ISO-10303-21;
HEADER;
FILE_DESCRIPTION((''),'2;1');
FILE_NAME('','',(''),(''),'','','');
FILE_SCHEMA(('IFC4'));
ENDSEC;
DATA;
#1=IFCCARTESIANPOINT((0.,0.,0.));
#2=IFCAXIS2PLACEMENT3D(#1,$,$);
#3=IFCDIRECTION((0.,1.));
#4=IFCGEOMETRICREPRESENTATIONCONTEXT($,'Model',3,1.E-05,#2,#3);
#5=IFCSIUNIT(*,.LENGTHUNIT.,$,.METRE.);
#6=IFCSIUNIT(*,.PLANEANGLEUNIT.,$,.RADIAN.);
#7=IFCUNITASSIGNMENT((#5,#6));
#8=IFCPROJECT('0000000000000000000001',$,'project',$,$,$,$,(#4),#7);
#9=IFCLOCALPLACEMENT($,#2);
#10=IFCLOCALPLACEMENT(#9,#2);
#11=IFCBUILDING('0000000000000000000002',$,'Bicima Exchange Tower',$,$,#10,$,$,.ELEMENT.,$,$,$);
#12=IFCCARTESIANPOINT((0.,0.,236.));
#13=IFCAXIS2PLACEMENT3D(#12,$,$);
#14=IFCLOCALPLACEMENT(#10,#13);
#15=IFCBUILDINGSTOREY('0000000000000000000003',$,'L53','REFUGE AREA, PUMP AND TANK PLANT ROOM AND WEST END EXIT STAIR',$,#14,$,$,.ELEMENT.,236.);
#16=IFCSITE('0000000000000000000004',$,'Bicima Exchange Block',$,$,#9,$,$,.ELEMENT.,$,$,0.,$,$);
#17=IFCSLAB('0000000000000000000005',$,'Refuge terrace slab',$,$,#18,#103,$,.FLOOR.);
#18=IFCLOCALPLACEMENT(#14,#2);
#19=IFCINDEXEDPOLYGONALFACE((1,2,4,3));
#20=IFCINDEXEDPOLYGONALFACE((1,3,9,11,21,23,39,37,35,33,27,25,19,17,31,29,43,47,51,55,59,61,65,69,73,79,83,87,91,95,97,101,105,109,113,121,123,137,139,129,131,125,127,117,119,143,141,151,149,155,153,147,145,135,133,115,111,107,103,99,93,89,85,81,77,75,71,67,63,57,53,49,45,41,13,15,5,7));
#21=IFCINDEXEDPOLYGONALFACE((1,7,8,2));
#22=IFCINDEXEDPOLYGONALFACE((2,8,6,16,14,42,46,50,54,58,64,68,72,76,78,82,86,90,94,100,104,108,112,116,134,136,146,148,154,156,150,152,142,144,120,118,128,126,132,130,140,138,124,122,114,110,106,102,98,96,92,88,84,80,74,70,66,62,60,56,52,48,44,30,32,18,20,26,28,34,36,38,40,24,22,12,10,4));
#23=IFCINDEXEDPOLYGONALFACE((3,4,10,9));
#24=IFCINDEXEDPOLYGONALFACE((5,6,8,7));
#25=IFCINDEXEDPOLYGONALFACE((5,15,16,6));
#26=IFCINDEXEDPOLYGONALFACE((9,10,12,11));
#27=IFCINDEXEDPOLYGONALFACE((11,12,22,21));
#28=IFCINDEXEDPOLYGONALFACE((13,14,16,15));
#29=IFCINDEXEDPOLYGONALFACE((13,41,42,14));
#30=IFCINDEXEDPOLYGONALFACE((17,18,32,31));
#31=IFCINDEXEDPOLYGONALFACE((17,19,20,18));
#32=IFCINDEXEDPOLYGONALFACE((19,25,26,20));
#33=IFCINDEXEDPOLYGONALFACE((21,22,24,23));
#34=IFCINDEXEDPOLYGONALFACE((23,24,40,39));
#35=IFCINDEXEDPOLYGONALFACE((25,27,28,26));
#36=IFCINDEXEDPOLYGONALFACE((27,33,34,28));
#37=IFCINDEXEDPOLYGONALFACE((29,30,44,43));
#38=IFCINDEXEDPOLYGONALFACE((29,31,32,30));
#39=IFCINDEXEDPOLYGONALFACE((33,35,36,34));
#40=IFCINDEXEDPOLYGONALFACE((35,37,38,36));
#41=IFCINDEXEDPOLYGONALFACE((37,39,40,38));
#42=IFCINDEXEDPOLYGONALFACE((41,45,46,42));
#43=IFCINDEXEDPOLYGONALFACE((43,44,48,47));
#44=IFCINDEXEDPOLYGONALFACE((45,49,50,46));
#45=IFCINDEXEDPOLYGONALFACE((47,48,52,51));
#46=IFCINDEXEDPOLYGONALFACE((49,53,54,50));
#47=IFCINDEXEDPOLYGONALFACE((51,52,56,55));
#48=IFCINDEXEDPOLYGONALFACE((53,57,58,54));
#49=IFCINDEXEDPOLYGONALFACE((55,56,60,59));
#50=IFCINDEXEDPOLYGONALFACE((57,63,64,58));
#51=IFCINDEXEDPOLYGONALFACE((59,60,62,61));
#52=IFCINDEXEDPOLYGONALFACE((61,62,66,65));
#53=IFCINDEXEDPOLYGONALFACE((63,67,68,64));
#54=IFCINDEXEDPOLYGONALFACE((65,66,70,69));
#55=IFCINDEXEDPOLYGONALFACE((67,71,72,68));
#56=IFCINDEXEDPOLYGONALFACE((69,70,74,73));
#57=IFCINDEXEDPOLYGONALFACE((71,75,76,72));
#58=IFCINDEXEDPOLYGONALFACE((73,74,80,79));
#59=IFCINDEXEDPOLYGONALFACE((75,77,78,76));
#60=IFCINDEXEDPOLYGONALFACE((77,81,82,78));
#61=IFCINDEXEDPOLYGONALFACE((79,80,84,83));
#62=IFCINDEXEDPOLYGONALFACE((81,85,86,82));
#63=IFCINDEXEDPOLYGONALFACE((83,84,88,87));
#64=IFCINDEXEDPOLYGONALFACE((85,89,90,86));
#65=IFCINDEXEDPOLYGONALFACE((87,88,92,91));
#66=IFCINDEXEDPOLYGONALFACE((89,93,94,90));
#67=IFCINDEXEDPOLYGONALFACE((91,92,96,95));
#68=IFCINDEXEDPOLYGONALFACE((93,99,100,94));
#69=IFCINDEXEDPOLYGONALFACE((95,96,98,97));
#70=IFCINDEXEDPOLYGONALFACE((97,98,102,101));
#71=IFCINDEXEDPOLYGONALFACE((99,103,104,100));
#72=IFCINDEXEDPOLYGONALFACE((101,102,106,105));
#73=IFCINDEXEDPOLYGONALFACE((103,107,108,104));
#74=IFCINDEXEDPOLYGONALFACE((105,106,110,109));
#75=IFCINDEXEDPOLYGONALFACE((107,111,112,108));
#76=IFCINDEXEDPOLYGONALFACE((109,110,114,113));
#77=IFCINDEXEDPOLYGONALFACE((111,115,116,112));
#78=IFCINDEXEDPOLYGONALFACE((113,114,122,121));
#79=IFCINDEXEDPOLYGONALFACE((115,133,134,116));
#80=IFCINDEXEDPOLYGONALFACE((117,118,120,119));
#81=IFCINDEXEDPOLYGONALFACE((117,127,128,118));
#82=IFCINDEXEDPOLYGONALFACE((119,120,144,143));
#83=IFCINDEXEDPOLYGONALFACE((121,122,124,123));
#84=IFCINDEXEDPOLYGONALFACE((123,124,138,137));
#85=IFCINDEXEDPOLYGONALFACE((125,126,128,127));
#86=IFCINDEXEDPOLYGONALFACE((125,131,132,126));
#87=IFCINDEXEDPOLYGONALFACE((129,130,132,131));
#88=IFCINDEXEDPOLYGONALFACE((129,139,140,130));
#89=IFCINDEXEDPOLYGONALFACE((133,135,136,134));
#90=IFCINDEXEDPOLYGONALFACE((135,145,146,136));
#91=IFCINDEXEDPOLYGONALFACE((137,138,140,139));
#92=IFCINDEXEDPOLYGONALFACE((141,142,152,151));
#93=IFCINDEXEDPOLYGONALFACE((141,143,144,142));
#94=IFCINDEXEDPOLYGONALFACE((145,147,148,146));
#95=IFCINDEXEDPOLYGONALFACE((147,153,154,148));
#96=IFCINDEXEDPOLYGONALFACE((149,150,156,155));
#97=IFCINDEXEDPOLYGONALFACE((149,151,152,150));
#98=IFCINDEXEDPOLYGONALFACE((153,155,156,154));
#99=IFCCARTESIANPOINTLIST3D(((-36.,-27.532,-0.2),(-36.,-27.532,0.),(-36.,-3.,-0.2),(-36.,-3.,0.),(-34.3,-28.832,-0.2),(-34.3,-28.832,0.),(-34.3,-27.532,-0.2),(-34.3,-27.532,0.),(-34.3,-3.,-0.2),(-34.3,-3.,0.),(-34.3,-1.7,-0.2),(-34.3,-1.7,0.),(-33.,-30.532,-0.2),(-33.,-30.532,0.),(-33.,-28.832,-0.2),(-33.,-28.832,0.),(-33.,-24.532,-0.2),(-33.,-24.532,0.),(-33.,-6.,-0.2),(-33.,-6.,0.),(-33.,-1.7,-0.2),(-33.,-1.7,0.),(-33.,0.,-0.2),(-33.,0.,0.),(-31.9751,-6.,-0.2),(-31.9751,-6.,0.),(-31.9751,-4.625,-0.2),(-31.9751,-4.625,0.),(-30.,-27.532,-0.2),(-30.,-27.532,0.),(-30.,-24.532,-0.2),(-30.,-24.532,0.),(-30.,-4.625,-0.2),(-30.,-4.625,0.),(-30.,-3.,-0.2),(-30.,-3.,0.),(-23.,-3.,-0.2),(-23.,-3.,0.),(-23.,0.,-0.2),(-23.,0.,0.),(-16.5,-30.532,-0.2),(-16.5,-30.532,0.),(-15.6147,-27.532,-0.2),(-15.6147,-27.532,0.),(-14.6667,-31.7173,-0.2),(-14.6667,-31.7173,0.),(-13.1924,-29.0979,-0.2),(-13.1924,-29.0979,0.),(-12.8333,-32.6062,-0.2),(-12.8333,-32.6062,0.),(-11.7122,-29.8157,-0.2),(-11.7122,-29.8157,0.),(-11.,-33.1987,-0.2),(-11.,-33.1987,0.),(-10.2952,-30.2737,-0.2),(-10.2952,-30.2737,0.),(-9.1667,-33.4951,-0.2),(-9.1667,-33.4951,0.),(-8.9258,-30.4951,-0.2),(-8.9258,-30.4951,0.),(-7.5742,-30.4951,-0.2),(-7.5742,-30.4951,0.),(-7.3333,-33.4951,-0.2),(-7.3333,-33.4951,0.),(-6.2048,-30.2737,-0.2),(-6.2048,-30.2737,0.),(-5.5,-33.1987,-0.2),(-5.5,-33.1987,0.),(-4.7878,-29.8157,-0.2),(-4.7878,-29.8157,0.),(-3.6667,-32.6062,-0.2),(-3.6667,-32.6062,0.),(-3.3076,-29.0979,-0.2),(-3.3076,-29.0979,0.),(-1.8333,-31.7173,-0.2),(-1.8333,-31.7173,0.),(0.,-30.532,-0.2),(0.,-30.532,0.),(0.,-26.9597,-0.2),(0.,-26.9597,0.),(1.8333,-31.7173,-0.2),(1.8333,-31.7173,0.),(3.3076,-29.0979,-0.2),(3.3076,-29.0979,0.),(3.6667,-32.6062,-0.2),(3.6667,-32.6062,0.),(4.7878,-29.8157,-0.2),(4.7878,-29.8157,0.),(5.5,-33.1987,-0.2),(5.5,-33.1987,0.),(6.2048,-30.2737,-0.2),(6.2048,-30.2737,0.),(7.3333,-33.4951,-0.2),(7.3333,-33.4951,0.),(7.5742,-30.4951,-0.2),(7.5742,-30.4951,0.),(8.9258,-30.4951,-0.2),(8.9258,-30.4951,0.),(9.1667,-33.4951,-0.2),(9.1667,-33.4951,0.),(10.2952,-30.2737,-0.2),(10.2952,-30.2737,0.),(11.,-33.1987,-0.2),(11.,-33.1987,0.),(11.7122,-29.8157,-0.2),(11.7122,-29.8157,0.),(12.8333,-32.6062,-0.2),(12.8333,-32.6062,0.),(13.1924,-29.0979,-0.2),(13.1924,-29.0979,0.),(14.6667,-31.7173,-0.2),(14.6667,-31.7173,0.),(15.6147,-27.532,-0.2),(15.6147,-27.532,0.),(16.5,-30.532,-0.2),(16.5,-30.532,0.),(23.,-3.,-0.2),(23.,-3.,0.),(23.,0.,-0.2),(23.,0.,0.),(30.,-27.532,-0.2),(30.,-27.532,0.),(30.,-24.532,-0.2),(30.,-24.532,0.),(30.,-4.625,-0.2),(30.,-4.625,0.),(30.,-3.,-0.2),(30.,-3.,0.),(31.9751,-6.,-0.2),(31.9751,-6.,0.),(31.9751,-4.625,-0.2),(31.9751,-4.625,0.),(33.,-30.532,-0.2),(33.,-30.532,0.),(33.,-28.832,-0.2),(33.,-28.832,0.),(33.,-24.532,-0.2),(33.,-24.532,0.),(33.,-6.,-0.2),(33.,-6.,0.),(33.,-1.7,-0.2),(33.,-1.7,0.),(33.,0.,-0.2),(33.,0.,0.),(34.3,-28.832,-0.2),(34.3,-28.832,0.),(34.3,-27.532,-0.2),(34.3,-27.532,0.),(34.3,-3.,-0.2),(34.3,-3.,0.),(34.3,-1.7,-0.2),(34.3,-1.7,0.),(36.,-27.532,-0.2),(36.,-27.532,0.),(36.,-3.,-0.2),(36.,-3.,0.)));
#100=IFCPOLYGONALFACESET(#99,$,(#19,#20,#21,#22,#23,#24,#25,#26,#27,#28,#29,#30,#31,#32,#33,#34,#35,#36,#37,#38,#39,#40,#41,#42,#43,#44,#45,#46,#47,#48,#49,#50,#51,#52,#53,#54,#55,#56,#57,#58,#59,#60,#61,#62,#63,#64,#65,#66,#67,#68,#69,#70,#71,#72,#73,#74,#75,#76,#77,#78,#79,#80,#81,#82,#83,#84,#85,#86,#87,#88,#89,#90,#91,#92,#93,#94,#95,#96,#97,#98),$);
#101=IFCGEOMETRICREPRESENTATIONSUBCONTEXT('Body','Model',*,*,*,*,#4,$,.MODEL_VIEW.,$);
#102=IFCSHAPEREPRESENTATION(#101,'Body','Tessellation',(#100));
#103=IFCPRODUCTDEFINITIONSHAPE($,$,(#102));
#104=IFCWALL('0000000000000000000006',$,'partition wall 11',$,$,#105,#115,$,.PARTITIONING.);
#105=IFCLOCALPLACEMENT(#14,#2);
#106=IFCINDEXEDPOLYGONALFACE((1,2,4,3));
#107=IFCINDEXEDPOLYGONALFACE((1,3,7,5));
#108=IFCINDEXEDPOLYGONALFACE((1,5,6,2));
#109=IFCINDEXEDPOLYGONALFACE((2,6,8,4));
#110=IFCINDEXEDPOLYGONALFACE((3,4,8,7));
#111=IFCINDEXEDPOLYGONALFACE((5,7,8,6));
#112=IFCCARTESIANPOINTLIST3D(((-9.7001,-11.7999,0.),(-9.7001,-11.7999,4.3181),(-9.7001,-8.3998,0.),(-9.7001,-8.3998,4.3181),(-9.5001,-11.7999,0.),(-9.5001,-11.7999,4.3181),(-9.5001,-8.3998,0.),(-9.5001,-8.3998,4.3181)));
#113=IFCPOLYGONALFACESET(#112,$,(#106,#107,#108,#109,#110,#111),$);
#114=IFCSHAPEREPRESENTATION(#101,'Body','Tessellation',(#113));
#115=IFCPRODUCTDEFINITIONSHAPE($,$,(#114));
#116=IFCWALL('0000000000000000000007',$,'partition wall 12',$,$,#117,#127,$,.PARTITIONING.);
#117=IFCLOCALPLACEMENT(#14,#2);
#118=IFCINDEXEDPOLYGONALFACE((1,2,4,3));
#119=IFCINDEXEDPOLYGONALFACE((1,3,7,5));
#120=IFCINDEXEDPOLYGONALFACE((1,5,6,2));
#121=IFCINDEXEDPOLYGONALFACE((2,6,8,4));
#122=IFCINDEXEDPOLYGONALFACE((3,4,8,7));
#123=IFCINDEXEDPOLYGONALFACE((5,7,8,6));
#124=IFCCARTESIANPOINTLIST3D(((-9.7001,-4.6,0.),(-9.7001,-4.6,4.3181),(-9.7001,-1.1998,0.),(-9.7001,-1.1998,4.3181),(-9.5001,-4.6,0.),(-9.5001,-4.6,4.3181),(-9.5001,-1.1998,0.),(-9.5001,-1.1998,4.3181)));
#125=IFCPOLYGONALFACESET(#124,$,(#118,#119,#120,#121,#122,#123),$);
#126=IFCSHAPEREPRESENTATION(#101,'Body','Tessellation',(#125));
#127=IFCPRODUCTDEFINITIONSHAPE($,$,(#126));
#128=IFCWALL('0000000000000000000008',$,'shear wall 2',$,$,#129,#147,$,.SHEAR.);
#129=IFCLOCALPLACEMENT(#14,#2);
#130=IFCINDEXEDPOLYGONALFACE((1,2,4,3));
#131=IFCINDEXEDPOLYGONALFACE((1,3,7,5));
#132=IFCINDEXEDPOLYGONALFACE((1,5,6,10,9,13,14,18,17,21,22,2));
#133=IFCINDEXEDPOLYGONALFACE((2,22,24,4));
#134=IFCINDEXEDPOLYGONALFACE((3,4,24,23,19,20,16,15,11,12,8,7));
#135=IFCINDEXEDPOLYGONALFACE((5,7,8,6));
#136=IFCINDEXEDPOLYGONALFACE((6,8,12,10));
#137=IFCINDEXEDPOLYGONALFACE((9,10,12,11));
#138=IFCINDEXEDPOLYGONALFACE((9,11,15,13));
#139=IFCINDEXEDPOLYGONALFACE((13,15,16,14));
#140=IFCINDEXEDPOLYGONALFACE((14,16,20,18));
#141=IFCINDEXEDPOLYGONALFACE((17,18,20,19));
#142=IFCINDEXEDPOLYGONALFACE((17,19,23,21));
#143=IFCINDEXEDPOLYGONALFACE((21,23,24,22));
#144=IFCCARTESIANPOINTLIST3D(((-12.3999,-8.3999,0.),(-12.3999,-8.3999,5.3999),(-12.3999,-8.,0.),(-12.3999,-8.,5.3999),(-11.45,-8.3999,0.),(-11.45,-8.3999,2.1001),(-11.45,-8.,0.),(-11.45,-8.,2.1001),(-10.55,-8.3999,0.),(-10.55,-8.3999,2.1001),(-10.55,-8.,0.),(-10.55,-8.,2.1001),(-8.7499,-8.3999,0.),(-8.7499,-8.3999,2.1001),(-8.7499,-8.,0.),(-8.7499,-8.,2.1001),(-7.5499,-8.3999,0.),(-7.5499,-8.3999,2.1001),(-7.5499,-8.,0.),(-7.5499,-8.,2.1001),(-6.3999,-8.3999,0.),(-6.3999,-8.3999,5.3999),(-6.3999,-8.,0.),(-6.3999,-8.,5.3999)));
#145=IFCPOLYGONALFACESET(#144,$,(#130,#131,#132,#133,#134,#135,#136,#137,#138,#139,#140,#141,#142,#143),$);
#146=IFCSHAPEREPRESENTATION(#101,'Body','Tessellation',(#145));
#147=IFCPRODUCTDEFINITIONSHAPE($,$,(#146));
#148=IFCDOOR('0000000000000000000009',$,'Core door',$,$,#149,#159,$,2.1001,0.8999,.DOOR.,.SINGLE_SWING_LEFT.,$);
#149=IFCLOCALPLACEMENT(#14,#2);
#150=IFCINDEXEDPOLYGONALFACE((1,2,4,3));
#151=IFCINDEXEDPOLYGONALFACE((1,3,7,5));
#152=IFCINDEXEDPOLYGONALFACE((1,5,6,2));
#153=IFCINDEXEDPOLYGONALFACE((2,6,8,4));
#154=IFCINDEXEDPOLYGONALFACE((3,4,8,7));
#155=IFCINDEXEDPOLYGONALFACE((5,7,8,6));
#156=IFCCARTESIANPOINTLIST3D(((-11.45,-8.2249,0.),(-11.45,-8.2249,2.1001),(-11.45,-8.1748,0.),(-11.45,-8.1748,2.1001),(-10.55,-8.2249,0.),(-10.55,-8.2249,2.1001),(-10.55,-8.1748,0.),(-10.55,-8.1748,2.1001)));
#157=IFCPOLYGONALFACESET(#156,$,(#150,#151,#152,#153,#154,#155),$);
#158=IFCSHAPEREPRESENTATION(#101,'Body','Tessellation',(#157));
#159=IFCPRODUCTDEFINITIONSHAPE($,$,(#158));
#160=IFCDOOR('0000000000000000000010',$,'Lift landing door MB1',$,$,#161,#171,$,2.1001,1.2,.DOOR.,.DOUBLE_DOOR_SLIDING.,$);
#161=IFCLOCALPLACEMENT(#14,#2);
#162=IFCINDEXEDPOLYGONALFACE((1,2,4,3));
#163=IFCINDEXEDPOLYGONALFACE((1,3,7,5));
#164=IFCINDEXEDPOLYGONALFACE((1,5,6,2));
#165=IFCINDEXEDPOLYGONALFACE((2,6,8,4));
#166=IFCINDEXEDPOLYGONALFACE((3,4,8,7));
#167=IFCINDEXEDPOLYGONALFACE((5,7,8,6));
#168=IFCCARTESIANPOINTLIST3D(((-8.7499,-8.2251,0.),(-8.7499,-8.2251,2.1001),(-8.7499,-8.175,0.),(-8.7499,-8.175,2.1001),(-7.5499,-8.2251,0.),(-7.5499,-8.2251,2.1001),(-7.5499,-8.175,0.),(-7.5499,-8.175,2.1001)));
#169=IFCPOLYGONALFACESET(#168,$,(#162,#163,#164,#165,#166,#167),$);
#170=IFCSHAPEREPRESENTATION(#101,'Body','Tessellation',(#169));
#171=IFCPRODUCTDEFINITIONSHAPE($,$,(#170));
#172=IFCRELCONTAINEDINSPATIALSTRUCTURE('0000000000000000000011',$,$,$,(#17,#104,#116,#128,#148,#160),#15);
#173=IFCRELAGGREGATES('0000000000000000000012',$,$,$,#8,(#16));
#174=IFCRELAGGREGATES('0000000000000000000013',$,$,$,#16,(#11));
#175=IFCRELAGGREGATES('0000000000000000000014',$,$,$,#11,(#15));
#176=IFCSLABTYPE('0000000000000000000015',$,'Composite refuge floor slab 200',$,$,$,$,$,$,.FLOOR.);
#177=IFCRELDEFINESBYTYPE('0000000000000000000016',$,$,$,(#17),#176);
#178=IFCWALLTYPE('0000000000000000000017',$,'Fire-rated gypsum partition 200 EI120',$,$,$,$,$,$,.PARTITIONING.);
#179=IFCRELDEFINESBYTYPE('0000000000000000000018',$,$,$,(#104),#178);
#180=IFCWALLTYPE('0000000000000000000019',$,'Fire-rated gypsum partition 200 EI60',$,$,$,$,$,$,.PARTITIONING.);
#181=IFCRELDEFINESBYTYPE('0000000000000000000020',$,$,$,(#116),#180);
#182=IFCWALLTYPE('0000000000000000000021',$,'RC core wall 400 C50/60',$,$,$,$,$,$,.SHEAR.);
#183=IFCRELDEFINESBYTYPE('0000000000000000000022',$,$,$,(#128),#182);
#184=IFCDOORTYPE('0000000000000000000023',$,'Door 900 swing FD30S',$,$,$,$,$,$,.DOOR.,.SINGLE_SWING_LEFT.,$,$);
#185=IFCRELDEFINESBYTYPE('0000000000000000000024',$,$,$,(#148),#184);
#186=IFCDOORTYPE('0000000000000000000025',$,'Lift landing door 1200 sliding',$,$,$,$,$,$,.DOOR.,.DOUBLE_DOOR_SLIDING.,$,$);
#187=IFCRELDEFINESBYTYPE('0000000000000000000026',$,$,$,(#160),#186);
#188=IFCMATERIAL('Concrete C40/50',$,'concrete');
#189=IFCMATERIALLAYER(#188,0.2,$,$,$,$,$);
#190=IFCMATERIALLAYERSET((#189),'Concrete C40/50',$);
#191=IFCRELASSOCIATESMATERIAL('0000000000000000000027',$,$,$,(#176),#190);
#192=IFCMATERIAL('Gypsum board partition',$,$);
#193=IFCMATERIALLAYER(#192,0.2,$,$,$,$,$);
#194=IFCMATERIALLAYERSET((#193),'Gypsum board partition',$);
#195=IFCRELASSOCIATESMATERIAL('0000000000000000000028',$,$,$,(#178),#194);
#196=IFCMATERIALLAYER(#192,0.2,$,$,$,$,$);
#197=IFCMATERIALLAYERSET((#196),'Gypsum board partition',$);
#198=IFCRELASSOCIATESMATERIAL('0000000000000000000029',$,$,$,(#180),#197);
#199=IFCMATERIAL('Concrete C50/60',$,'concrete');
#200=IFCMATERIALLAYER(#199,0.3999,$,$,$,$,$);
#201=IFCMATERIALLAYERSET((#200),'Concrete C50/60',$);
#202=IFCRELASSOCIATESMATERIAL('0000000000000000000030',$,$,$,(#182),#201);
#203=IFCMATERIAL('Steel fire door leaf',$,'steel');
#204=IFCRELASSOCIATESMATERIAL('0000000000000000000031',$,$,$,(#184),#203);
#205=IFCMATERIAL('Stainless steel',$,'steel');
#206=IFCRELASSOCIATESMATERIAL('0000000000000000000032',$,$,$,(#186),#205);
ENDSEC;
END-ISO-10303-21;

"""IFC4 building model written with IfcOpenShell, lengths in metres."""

from ifc_helpers import new_model, si_unit, direction, frame, frame_2d, origin, place, context, subcontext, project, spatial, polyline, rectangle, outline, extrude, material, layer, layer_set, type_object, element, fill, save


model = new_model("IFC4")

# Units and contexts
model_context = context("Model", 3, precision=1e-05, world=origin(), true_north=direction((0.0, 1.0)))
body_context = subcontext(model_context, "Body", "Model", "MODEL_VIEW")
ifc_project = project(units=[si_unit("LENGTHUNIT", "METRE"), si_unit("PLANEANGLEUNIT", "RADIAN")], contexts=[model_context])

# Site, building, storey
site_placement = place(None, origin())
site = spatial("IfcSite", under=ifc_project, at=site_placement, Name="Bicima Exchange Block", CompositionType="ELEMENT", RefElevation=0.0)
building_placement = place(site_placement, origin())
building = spatial("IfcBuilding", under=site, at=building_placement, Name="Bicima Exchange Tower", CompositionType="ELEMENT")
storey_placement = place(building_placement, frame((0.0, 0.0, 236.0)))
storey = spatial("IfcBuildingStorey", under=building, at=storey_placement, Name="L53", Description="REFUGE AREA, PUMP AND TANK PLANT ROOM AND WEST END EXIT STAIR", CompositionType="ELEMENT", Elevation=236.0)

# Slab
ifc_material_1 = material(Name="Concrete C40/50", Category="concrete")
ifc_layer_1 = layer(ifc_material_1, 0.2)
ifc_layer_set_1 = layer_set([ifc_layer_1], Name="Concrete C40/50")
slab_type = type_object("IfcSlabType", Name="Composite refuge floor slab 200", PredefinedType="FLOOR", material=ifc_layer_set_1)
slab_1_placement = place(storey_placement, frame((0.0, 0.0, -0.2)))
element("IfcSlab", 1, at=slab_1_placement, inside=storey, type_object=slab_type, Name="Refuge terrace slab", PredefinedType="FLOOR", context=body_context, shape_type="SweptSolid", body=[
    extrude(outline(polyline([(30.0, -3.0), (23.0, -3.0), (23.0, 0.0), (33.0, 0.0), (33.0, -1.7), (34.3, -1.7), (34.3, -3.0), (36.0, -3.0), (36.0, -27.532), (34.3, -27.532), (34.3, -28.832), (33.0, -28.832), (33.0, -30.532), (16.5, -30.532), (14.6667, -31.7173), (12.8333, -32.6062), (11.0, -33.1987), (9.1667, -33.4951), (7.3333, -33.4951), (5.5, -33.1987), (3.6667, -32.6062), (1.8333, -31.7173), (0.0, -30.532), (-1.8333, -31.7173), (-3.6667, -32.6062), (-5.5, -33.1987), (-7.3333, -33.4951), (-9.1667, -33.4951), (-11.0, -33.1987), (-12.8333, -32.6062), (-14.6667, -31.7173), (-16.5, -30.532), (-33.0, -30.532), (-33.0, -28.832), (-34.3, -28.832), (-34.3, -27.532), (-36.0, -27.532), (-36.0, -3.0), (-34.3, -3.0), (-34.3, -1.7), (-33.0, -1.7), (-33.0, 0.0), (-23.0, 0.0), (-23.0, -3.0), (-30.0, -3.0), (-30.0, -4.625), (-31.9751, -4.625), (-31.9751, -6.0), (-33.0, -6.0), (-33.0, -24.532), (-30.0, -24.532), (-30.0, -27.532), (-15.6147, -27.532), (-13.1924, -29.0979), (-11.7122, -29.8157), (-10.2952, -30.2737), (-8.9258, -30.4951), (-7.5742, -30.4951), (-6.2048, -30.2737), (-4.7878, -29.8157), (-3.3076, -29.0979), (0.0, -26.9597), (3.3076, -29.0979), (4.7878, -29.8157), (6.2048, -30.2737), (7.5742, -30.4951), (8.9258, -30.4951), (10.2952, -30.2737), (11.7122, -29.8157), (13.1924, -29.0979), (15.6147, -27.532), (30.0, -27.532), (30.0, -24.532), (33.0, -24.532), (33.0, -6.0), (31.9751, -6.0), (31.9751, -4.625), (30.0, -4.625), (30.0, -3.0)])), origin(), (0.0, 0.0, 1.0), 0.2),
])

# Walls
ifc_material_2 = material(Name="Gypsum board partition")
ifc_layer_2 = layer(ifc_material_2, 0.2)
ifc_layer_set_2 = layer_set([ifc_layer_2], Name="Gypsum board partition")
wall_type_1 = type_object("IfcWallType", Name="Fire-rated gypsum partition 200 EI120", PredefinedType="PARTITIONING", material=ifc_layer_set_2)
wall_1_placement = place(storey_placement, frame((-9.6001, -11.8, 0.0), z_axis=(0.0, 0.0, 1.0), x_axis=(0.0, 1.0, 0.0)))
element("IfcWall", 2, at=wall_1_placement, inside=storey, type_object=wall_type_1, Name="partition wall 11", PredefinedType="PARTITIONING", context=body_context, shape_type="SweptSolid", body=[
    extrude(rectangle(XDim=3.4001, YDim=0.2, at=frame_2d((1.7002, 0.0))), origin(), (0.0, 0.0, 1.0), 4.3181),
])
ifc_layer_3 = layer(ifc_material_2, 0.2)
ifc_layer_set_3 = layer_set([ifc_layer_3], Name="Gypsum board partition")
wall_type_2 = type_object("IfcWallType", Name="Fire-rated gypsum partition 200 EI60", PredefinedType="PARTITIONING", material=ifc_layer_set_3)
wall_2_placement = place(storey_placement, frame((-9.6001, -4.6001, 0.0), z_axis=(0.0, 0.0, 1.0), x_axis=(0.0, 1.0, 0.0)))
element("IfcWall", 3, at=wall_2_placement, inside=storey, type_object=wall_type_2, Name="partition wall 12", PredefinedType="PARTITIONING", context=body_context, shape_type="SweptSolid", body=[
    extrude(rectangle(XDim=3.4001, YDim=0.2, at=frame_2d((1.7002, 0.0))), origin(), (0.0, 0.0, 1.0), 4.3181),
])

# Wall, openings, doors
ifc_material_3 = material(Name="Concrete C50/60", Category="concrete")
ifc_layer_4 = layer(ifc_material_3, 0.3999)
ifc_layer_set_4 = layer_set([ifc_layer_4], Name="Concrete C50/60")
wall_type_3 = type_object("IfcWallType", Name="RC core wall 400 C50/60", PredefinedType="SHEAR", material=ifc_layer_set_4)
wall_3_placement = place(storey_placement, frame((-12.3999, -8.2, 0.0), z_axis=(0.0, 0.0, 1.0), x_axis=(1.0, 0.0, 0.0)))
wall_3 = element("IfcWall", 4, at=wall_3_placement, inside=storey, type_object=wall_type_3, Name="shear wall 2", PredefinedType="SHEAR", context=body_context, shape_type="SweptSolid", body=[
    extrude(rectangle(XDim=6.0, YDim=0.3999, at=frame_2d((3.0, 0.0))), origin(), (0.0, 0.0, 1.0), 5.3999),
])
opening_1_placement = place(wall_3_placement, frame((3.6499, 0.0, 0.0)))
opening_1 = element("IfcOpeningElement", 5, at=opening_1_placement, cuts=wall_3, PredefinedType="OPENING", context=body_context, shape_type="SweptSolid", body=[
    extrude(rectangle(XDim=1.2, YDim=2.1001, at=frame_2d((0.6001, 1.05))), frame((0.0, 0.2119, 0.0), z_axis=(0.0, -1.0, 0.0), x_axis=(1.0, 0.0, 0.0)), (0.0, 0.0, 1.0), 0.4238),
])
opening_2_placement = place(wall_3_placement, frame((0.95, 0.0, 0.0)))
opening_2 = element("IfcOpeningElement", 6, at=opening_2_placement, cuts=wall_3, PredefinedType="OPENING", context=body_context, shape_type="SweptSolid", body=[
    extrude(rectangle(XDim=0.8999, YDim=2.1001, at=frame_2d((0.45, 1.05))), frame((0.0, 0.2119, 0.0), z_axis=(0.0, -1.0, 0.0), x_axis=(1.0, 0.0, 0.0)), (0.0, 0.0, 1.0), 0.4238),
])
ifc_material_4 = material(Name="Steel fire door leaf", Category="steel")
door_type_1 = type_object("IfcDoorType", Name="Door 900 swing FD30S", OperationType="SINGLE_SWING_LEFT", PredefinedType="DOOR", material=ifc_material_4)
door_1_placement = place(opening_2_placement, frame((0.8999, 0.0, 0.0), z_axis=(0.0, 0.0, 1.0), x_axis=(-1.0, 0.0, 0.0)))
door_1 = element("IfcDoor", 7, at=door_1_placement, inside=storey, type_object=door_type_1, Name="Core door", OperationType="SINGLE_SWING_LEFT", OverallHeight=2.1001, OverallWidth=0.8999, PredefinedType="DOOR", context=body_context, shape_type="SweptSolid", body=[
    extrude(rectangle(XDim=0.8999, YDim=2.1001, at=frame_2d((0.45, 1.05))), frame((0.0, 0.0249, 0.0), z_axis=(0.0, -1.0, 0.0), x_axis=(1.0, 0.0, 0.0)), (0.0, 0.0, 1.0), 0.05),
])
fill(opening_2, door_1)
ifc_material_5 = material(Name="Stainless steel", Category="steel")
door_type_2 = type_object("IfcDoorType", Name="Lift landing door 1200 sliding", OperationType="DOUBLE_DOOR_SLIDING", PredefinedType="DOOR", material=ifc_material_5)
door_2_placement = place(opening_1_placement, origin())
door_2 = element("IfcDoor", 8, at=door_2_placement, inside=storey, type_object=door_type_2, Name="Lift landing door MB1", OperationType="DOUBLE_DOOR_SLIDING", OverallHeight=2.1001, OverallWidth=1.2, PredefinedType="DOOR", context=body_context, shape_type="SweptSolid", body=[
    extrude(rectangle(XDim=1.2, YDim=2.1001, at=frame_2d((0.6001, 1.05))), frame((0.0, 0.0249, 0.0), z_axis=(0.0, -1.0, 0.0), x_axis=(1.0, 0.0, 0.0)), (0.0, 0.0, 1.0), 0.05),
])
fill(opening_1, door_2)

save(model, "model.ifc")
